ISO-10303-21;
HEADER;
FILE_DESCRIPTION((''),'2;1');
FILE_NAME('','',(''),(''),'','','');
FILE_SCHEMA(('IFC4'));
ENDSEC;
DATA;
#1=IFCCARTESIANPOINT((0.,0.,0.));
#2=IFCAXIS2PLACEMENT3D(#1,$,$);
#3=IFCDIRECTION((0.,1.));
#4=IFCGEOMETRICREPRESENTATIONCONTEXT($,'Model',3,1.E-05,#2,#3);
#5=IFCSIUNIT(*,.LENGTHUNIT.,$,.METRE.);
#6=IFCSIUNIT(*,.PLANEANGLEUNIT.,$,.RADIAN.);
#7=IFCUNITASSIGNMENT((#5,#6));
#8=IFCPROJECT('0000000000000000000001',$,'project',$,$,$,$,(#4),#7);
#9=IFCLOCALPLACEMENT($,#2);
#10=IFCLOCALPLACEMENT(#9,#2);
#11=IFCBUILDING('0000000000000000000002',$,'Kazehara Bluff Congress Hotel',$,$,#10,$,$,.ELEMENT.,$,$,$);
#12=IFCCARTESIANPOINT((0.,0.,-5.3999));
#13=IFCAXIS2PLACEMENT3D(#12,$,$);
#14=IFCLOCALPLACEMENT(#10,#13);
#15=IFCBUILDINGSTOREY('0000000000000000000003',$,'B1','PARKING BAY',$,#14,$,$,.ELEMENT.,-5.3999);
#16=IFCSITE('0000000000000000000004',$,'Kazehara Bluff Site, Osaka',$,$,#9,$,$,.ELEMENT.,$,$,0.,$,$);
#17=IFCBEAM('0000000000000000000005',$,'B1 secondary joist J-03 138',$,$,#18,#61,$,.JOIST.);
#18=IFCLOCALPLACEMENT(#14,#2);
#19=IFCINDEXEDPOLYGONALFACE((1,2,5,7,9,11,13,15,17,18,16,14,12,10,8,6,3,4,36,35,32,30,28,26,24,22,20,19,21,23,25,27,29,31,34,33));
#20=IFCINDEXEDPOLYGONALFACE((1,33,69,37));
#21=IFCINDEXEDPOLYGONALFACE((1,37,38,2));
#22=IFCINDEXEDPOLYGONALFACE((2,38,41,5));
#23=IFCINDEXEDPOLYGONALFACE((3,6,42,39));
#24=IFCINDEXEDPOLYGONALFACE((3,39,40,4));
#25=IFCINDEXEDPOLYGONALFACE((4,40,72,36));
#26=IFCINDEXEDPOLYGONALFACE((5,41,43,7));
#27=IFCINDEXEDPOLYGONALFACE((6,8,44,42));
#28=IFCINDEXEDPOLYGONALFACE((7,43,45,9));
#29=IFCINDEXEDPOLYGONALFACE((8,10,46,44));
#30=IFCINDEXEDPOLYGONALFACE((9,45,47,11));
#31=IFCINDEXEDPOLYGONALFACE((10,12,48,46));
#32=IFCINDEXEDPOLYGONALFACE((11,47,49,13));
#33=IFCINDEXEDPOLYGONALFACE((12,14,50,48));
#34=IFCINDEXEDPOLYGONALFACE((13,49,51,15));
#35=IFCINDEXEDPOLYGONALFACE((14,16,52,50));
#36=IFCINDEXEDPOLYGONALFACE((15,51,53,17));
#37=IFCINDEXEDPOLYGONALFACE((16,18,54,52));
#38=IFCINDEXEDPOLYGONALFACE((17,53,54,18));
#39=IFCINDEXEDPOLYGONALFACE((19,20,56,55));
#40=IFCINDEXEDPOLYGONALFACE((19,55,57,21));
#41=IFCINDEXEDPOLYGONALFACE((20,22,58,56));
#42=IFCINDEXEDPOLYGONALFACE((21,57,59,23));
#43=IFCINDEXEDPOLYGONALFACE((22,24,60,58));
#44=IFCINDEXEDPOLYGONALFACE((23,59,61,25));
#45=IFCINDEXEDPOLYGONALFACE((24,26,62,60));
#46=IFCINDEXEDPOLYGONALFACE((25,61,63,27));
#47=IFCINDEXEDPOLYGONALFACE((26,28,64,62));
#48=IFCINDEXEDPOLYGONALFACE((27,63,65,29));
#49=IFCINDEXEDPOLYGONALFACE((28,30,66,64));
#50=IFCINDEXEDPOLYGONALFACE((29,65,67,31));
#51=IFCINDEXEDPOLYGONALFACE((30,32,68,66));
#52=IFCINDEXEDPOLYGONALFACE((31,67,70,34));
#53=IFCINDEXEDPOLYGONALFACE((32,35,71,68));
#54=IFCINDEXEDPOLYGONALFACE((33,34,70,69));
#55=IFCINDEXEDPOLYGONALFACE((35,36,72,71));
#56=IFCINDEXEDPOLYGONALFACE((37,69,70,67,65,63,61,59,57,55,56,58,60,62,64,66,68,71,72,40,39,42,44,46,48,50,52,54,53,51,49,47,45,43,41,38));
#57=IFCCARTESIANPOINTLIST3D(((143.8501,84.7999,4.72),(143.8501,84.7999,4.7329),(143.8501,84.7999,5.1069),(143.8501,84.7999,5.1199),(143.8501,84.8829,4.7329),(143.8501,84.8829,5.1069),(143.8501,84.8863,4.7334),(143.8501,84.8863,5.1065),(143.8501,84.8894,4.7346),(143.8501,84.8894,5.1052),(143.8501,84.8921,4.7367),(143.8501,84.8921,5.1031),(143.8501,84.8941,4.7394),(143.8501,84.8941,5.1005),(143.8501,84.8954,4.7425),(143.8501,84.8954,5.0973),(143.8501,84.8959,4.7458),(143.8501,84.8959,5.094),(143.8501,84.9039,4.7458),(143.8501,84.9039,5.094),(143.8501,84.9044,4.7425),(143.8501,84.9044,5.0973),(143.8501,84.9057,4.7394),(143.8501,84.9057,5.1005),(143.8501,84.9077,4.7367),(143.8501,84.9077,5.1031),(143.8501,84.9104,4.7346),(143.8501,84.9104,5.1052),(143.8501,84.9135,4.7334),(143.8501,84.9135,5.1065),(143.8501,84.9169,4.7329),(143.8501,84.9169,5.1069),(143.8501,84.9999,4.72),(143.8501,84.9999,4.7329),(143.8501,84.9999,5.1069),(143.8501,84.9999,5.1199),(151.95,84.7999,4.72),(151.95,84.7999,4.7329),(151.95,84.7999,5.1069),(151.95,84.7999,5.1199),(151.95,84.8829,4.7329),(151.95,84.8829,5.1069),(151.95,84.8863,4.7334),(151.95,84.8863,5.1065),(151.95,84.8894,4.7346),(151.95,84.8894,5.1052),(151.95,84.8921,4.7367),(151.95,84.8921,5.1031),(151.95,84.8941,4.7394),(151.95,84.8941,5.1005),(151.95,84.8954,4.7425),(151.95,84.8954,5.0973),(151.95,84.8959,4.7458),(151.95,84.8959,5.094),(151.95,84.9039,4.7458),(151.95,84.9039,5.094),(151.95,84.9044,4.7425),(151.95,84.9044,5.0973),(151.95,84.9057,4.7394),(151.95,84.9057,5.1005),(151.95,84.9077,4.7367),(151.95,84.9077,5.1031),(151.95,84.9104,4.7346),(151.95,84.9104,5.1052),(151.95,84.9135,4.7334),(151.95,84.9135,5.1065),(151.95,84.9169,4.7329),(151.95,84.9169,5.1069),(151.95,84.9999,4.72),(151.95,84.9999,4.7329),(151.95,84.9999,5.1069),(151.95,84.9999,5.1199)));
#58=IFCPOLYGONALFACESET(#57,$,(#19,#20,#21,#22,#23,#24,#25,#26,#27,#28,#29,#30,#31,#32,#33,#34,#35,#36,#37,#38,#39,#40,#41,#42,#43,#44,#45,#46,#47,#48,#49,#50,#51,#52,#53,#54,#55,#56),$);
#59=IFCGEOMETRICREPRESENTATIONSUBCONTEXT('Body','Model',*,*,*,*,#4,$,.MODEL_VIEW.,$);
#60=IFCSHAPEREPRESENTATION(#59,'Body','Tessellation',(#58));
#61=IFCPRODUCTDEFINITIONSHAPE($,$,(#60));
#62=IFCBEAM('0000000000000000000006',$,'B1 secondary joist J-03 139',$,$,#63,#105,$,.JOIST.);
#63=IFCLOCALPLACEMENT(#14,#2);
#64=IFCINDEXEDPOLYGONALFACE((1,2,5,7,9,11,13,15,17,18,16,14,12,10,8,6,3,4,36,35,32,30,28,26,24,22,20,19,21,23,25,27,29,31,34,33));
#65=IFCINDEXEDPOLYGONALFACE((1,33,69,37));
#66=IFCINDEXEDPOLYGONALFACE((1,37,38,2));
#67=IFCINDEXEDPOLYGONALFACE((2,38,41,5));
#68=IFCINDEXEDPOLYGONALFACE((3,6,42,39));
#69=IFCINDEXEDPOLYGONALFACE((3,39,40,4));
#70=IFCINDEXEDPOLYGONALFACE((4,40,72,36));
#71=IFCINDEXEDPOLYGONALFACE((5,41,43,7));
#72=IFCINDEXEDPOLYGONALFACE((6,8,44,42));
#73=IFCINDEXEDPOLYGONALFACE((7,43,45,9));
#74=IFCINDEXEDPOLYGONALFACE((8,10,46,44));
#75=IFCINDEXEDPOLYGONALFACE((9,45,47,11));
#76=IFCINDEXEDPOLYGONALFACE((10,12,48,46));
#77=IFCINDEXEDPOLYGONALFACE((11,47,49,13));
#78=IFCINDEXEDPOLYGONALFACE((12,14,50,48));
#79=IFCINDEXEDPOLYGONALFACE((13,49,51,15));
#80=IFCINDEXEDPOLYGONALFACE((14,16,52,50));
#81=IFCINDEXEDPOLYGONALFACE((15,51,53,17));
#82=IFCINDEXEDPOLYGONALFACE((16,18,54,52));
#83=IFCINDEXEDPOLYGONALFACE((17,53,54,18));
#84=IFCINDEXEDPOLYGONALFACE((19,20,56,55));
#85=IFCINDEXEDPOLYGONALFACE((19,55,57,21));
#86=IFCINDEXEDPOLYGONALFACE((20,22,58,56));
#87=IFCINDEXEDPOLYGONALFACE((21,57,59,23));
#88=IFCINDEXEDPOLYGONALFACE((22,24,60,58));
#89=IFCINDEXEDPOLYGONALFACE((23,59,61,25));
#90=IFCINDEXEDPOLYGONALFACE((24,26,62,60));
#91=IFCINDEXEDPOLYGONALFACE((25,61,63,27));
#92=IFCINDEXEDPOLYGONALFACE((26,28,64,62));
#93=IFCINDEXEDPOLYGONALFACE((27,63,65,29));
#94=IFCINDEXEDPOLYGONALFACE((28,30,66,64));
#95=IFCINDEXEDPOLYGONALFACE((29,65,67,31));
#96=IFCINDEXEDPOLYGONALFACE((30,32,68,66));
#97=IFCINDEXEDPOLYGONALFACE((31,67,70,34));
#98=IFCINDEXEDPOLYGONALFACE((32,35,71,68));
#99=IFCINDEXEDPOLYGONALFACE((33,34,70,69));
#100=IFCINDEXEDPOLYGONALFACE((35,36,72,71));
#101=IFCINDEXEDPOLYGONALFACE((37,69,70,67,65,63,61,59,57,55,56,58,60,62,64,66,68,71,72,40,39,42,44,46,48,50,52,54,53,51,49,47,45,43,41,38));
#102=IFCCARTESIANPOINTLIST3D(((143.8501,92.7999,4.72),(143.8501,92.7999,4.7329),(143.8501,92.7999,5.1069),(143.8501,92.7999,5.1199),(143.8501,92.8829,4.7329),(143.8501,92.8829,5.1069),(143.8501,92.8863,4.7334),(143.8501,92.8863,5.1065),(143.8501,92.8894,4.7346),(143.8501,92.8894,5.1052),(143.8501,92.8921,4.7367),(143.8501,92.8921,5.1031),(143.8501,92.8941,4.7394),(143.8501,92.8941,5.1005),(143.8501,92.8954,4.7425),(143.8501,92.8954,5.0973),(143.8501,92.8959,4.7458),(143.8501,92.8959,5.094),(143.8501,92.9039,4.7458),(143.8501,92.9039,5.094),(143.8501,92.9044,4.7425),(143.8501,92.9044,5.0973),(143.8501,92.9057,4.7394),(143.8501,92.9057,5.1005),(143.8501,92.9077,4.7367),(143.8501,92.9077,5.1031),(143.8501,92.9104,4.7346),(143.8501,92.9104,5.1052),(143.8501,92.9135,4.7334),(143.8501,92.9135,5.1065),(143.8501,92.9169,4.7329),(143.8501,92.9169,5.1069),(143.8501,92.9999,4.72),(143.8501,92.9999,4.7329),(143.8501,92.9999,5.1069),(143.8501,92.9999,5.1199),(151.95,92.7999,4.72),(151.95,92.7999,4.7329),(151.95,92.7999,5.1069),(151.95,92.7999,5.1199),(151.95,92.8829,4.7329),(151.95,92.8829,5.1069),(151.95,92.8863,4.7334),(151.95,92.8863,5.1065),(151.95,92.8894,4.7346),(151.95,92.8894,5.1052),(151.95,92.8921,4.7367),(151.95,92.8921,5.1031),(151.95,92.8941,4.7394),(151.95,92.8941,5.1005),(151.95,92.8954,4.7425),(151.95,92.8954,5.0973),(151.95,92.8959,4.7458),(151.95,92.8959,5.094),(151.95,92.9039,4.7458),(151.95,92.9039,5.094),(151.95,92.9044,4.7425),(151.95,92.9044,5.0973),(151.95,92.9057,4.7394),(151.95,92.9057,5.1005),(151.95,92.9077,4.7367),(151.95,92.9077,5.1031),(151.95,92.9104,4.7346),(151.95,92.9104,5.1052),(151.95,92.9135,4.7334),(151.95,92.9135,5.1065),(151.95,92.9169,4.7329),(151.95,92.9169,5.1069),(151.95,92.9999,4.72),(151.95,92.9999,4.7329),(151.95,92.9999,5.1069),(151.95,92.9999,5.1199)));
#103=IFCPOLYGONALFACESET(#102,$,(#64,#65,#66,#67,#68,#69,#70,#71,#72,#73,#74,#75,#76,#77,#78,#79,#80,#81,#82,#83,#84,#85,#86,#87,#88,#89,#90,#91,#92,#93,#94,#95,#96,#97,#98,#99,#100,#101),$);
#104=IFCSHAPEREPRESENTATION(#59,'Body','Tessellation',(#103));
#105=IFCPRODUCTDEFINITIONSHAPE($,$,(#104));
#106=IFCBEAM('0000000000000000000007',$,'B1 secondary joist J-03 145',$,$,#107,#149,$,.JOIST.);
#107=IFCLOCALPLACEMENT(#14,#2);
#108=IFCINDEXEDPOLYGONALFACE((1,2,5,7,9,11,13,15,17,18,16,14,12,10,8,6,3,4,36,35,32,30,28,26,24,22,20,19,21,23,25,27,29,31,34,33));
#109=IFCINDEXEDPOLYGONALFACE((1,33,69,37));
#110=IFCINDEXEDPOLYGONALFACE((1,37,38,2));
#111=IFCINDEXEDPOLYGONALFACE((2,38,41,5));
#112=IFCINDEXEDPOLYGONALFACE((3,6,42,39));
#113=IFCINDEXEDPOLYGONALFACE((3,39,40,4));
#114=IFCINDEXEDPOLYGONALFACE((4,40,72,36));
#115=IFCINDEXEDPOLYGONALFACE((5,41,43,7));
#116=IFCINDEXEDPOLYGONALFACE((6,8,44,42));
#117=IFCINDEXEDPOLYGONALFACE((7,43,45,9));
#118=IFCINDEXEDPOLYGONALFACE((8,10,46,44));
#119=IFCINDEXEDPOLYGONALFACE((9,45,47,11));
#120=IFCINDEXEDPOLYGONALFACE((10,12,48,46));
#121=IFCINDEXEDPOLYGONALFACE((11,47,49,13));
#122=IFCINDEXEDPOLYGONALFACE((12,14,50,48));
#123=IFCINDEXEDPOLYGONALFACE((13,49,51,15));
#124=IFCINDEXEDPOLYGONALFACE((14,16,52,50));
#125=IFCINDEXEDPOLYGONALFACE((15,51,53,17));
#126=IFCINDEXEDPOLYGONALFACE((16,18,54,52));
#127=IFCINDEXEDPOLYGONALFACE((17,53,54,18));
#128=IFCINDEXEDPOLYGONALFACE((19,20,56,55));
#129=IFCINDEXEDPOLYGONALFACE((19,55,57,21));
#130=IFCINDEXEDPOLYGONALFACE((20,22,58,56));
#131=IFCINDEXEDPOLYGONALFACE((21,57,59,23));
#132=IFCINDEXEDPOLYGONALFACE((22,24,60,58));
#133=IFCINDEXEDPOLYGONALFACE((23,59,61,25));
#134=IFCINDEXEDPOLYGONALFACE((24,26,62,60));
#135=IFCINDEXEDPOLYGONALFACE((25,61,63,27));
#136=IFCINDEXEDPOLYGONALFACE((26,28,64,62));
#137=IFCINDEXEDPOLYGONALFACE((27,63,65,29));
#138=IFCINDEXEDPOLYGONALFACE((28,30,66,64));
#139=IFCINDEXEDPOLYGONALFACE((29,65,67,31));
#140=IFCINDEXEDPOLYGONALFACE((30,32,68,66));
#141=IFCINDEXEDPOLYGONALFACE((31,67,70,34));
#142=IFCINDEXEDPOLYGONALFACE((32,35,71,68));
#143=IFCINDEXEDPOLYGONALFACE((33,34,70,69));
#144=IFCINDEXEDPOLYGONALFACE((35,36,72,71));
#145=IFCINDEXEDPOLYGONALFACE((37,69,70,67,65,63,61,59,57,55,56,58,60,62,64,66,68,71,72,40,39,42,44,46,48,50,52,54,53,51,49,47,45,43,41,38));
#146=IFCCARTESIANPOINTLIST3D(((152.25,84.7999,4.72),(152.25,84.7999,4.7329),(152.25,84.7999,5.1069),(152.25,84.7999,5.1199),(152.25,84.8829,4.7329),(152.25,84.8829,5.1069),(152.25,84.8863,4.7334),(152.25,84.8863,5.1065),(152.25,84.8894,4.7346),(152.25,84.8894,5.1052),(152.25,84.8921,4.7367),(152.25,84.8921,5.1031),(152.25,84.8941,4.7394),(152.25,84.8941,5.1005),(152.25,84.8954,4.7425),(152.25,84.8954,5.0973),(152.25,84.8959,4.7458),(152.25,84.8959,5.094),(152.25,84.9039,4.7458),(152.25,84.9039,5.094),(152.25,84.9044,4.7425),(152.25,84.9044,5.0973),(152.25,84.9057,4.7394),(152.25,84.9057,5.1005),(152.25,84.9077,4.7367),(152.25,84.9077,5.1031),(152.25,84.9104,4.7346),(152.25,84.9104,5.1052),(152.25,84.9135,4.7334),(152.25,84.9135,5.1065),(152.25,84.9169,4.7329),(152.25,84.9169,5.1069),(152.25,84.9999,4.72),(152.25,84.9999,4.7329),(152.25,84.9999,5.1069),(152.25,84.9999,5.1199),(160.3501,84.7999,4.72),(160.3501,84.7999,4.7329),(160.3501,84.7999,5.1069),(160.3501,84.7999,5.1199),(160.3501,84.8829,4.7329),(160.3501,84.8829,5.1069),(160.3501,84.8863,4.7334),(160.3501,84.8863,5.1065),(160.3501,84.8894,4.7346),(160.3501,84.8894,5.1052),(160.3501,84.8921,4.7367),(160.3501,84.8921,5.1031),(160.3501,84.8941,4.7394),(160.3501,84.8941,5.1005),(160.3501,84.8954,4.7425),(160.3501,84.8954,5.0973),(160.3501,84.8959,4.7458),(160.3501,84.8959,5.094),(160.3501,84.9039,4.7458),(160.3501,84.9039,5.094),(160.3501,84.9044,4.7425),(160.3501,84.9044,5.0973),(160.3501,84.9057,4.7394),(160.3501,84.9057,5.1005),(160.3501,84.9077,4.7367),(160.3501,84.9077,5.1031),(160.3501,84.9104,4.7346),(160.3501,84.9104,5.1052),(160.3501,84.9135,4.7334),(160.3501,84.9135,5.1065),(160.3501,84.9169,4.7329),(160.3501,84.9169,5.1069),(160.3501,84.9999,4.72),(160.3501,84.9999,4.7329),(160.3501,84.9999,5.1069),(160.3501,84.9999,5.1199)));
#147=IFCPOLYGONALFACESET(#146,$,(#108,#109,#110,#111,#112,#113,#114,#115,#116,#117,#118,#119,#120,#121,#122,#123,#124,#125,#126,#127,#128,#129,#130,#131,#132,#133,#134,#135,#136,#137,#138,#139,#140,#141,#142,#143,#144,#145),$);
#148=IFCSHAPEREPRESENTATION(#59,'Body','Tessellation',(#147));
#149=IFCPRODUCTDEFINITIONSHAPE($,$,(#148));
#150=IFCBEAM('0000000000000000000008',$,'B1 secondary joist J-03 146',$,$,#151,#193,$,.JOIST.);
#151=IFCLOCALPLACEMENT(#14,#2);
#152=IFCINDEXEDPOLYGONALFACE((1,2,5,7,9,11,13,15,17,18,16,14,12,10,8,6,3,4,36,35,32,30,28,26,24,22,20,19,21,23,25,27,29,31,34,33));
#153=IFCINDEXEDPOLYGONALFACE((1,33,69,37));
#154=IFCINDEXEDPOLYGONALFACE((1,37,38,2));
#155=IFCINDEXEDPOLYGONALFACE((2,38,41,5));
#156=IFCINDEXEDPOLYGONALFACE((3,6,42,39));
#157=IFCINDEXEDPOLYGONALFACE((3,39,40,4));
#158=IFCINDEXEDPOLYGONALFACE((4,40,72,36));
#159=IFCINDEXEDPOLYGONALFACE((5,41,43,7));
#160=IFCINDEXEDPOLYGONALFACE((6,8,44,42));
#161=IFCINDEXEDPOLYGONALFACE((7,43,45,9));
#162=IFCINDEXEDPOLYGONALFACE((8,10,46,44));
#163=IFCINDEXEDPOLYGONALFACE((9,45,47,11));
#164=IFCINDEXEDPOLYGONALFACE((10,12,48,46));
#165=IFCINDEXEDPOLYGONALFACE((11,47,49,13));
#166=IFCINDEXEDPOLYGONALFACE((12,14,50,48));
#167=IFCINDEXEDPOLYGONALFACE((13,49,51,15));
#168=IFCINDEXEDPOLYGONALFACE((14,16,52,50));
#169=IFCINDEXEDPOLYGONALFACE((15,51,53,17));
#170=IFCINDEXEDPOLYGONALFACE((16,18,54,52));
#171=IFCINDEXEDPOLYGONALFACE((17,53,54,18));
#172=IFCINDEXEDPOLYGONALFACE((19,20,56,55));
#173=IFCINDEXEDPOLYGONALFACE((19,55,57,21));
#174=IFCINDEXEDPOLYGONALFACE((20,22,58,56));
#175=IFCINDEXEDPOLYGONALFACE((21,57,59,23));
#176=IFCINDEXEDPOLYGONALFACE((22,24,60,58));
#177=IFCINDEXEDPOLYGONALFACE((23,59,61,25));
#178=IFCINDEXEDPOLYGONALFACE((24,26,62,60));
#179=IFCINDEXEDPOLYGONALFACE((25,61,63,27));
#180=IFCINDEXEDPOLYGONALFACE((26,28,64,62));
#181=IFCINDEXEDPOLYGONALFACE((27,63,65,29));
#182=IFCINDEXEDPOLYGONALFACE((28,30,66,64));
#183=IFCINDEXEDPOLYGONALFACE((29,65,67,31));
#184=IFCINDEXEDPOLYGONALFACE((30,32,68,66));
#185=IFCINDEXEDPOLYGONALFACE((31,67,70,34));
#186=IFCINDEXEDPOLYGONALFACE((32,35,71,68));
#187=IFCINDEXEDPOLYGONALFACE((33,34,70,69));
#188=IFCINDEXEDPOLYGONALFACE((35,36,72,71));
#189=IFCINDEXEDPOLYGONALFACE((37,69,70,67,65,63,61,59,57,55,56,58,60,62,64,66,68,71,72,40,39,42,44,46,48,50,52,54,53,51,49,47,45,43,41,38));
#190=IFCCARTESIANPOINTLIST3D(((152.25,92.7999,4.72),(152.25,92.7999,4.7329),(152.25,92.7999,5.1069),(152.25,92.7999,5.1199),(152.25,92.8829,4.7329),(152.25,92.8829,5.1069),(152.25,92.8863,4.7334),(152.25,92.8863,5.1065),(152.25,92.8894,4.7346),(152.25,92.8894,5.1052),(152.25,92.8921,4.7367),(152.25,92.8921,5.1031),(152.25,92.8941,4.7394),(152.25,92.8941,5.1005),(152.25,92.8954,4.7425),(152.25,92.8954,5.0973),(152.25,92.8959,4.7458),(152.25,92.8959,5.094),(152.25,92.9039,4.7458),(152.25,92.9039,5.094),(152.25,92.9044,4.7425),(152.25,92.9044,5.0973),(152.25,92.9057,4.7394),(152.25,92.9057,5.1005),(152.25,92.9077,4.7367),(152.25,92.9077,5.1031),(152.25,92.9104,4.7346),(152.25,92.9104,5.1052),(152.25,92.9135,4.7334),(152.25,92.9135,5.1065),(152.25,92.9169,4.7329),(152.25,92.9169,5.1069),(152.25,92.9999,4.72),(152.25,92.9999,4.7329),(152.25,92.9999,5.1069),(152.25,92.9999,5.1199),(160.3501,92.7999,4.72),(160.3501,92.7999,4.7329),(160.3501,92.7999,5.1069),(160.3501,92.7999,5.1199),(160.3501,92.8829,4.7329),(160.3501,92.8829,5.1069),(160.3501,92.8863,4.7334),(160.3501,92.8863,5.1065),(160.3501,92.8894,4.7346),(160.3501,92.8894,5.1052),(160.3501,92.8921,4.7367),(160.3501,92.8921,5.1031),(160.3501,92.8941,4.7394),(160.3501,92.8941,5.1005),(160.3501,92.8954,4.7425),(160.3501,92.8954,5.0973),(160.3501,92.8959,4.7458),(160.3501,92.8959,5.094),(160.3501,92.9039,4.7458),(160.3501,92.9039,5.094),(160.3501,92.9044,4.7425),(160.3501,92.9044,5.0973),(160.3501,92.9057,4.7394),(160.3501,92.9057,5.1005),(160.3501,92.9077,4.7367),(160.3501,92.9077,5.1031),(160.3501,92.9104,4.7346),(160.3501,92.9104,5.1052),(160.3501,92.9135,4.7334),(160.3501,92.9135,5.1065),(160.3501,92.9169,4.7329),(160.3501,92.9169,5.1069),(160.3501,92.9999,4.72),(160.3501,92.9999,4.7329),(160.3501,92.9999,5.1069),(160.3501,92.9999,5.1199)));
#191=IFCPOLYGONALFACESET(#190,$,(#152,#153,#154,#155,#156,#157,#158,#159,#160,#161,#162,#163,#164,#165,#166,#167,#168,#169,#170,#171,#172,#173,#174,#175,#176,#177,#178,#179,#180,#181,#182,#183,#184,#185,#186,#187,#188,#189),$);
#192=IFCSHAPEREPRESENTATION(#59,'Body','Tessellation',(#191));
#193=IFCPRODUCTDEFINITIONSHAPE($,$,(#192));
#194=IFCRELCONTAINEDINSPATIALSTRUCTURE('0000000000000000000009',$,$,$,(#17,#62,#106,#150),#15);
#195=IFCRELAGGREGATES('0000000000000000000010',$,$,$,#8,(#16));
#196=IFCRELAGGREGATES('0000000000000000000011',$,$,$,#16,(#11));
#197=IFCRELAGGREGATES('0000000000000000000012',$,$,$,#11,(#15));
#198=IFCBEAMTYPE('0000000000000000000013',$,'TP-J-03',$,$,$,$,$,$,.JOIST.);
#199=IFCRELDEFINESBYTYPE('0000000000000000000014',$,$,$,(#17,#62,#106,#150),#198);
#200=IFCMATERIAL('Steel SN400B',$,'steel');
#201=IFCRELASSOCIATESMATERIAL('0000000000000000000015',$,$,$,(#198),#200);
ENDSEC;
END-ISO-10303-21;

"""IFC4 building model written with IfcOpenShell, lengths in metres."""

from ifc_helpers import new_model, si_unit, direction, frame, origin, origin_2d, place, context, subcontext, project, spatial, i_section, extrude, material, material_profile, profile_set, type_object, element, save


model = new_model("IFC4")

# Units and contexts
model_context = context("Model", 3, precision=1e-05, world=origin(), true_north=direction((0.0, 1.0)))
body_context = subcontext(model_context, "Body", "Model", "MODEL_VIEW")
ifc_project = project(units=[si_unit("LENGTHUNIT", "METRE"), si_unit("PLANEANGLEUNIT", "RADIAN")], contexts=[model_context])

# Site, building, storey
site_placement = place(None, origin())
site = spatial("IfcSite", under=ifc_project, at=site_placement, Name="Kazehara Bluff Site, Osaka", CompositionType="ELEMENT", RefElevation=0.0)
building_placement = place(site_placement, origin())
building = spatial("IfcBuilding", under=site, at=building_placement, Name="Kazehara Bluff Congress Hotel", CompositionType="ELEMENT")
storey_placement = place(building_placement, frame((0.0, 0.0, -5.3999)))
storey = spatial("IfcBuildingStorey", under=building, at=storey_placement, Name="B1", Description="PARKING BAY", CompositionType="ELEMENT", Elevation=-5.3999)

# Beams
ifc_material_1 = material(Name="Steel SN400B", Category="steel")
ifc_material_profile_1 = material_profile(ifc_material_1, i_section(OverallWidth=0.2, OverallDepth=0.3999, WebThickness=0.0081, FlangeThickness=0.0129, FilletRadius=0.0129, at=origin_2d()))
ifc_profile_set_1 = profile_set([ifc_material_profile_1], Name="Steel SN400B")
beam_type_1 = type_object("IfcBeamType", Name="TP-J-03", PredefinedType="JOIST", material=ifc_profile_set_1)
for number, where, z_axis, x_axis, name in (
    (1, (143.8501, 84.8999, 4.9199), (1.0, 0.0, 0.0), (0.0, 1.0, 0.0), "B1 secondary joist J-03 138"),
    (2, (143.8501, 92.8999, 4.9199), (1.0, 0.0, 0.0), (0.0, 1.0, 0.0), "B1 secondary joist J-03 139"),
):
    element("IfcBeam", number, at=place(storey_placement, frame(where, z_axis=z_axis, x_axis=x_axis)), inside=storey, type_object=beam_type_1, Name=name, PredefinedType="JOIST", context=body_context, shape_type="SweptSolid", body=[
        extrude(i_section(OverallWidth=0.2, OverallDepth=0.3999, WebThickness=0.0081, FlangeThickness=0.0129, FilletRadius=0.0129, at=origin_2d()), origin(), (0.0, 0.0, 1.0), 8.0999),
    ])
for number, where, z_axis, x_axis, name in (
    (3, (152.25, 84.8999, 4.9199), (1.0, 0.0, 0.0), (0.0, 1.0, 0.0), "B1 secondary joist J-03 145"),
    (4, (152.25, 92.8999, 4.9199), (1.0, 0.0, 0.0), (0.0, 1.0, 0.0), "B1 secondary joist J-03 146"),
):
    element("IfcBeam", number, at=place(storey_placement, frame(where, z_axis=z_axis, x_axis=x_axis)), inside=storey, type_object=beam_type_1, Name=name, PredefinedType="JOIST", context=body_context, shape_type="SweptSolid", body=[
        extrude(i_section(OverallWidth=0.2, OverallDepth=0.3999, WebThickness=0.0081, FlangeThickness=0.0129, FilletRadius=0.0129, at=origin_2d()), origin(), (0.0, 0.0, 1.0), 8.1001),
    ])

save(model, "model.ifc")
